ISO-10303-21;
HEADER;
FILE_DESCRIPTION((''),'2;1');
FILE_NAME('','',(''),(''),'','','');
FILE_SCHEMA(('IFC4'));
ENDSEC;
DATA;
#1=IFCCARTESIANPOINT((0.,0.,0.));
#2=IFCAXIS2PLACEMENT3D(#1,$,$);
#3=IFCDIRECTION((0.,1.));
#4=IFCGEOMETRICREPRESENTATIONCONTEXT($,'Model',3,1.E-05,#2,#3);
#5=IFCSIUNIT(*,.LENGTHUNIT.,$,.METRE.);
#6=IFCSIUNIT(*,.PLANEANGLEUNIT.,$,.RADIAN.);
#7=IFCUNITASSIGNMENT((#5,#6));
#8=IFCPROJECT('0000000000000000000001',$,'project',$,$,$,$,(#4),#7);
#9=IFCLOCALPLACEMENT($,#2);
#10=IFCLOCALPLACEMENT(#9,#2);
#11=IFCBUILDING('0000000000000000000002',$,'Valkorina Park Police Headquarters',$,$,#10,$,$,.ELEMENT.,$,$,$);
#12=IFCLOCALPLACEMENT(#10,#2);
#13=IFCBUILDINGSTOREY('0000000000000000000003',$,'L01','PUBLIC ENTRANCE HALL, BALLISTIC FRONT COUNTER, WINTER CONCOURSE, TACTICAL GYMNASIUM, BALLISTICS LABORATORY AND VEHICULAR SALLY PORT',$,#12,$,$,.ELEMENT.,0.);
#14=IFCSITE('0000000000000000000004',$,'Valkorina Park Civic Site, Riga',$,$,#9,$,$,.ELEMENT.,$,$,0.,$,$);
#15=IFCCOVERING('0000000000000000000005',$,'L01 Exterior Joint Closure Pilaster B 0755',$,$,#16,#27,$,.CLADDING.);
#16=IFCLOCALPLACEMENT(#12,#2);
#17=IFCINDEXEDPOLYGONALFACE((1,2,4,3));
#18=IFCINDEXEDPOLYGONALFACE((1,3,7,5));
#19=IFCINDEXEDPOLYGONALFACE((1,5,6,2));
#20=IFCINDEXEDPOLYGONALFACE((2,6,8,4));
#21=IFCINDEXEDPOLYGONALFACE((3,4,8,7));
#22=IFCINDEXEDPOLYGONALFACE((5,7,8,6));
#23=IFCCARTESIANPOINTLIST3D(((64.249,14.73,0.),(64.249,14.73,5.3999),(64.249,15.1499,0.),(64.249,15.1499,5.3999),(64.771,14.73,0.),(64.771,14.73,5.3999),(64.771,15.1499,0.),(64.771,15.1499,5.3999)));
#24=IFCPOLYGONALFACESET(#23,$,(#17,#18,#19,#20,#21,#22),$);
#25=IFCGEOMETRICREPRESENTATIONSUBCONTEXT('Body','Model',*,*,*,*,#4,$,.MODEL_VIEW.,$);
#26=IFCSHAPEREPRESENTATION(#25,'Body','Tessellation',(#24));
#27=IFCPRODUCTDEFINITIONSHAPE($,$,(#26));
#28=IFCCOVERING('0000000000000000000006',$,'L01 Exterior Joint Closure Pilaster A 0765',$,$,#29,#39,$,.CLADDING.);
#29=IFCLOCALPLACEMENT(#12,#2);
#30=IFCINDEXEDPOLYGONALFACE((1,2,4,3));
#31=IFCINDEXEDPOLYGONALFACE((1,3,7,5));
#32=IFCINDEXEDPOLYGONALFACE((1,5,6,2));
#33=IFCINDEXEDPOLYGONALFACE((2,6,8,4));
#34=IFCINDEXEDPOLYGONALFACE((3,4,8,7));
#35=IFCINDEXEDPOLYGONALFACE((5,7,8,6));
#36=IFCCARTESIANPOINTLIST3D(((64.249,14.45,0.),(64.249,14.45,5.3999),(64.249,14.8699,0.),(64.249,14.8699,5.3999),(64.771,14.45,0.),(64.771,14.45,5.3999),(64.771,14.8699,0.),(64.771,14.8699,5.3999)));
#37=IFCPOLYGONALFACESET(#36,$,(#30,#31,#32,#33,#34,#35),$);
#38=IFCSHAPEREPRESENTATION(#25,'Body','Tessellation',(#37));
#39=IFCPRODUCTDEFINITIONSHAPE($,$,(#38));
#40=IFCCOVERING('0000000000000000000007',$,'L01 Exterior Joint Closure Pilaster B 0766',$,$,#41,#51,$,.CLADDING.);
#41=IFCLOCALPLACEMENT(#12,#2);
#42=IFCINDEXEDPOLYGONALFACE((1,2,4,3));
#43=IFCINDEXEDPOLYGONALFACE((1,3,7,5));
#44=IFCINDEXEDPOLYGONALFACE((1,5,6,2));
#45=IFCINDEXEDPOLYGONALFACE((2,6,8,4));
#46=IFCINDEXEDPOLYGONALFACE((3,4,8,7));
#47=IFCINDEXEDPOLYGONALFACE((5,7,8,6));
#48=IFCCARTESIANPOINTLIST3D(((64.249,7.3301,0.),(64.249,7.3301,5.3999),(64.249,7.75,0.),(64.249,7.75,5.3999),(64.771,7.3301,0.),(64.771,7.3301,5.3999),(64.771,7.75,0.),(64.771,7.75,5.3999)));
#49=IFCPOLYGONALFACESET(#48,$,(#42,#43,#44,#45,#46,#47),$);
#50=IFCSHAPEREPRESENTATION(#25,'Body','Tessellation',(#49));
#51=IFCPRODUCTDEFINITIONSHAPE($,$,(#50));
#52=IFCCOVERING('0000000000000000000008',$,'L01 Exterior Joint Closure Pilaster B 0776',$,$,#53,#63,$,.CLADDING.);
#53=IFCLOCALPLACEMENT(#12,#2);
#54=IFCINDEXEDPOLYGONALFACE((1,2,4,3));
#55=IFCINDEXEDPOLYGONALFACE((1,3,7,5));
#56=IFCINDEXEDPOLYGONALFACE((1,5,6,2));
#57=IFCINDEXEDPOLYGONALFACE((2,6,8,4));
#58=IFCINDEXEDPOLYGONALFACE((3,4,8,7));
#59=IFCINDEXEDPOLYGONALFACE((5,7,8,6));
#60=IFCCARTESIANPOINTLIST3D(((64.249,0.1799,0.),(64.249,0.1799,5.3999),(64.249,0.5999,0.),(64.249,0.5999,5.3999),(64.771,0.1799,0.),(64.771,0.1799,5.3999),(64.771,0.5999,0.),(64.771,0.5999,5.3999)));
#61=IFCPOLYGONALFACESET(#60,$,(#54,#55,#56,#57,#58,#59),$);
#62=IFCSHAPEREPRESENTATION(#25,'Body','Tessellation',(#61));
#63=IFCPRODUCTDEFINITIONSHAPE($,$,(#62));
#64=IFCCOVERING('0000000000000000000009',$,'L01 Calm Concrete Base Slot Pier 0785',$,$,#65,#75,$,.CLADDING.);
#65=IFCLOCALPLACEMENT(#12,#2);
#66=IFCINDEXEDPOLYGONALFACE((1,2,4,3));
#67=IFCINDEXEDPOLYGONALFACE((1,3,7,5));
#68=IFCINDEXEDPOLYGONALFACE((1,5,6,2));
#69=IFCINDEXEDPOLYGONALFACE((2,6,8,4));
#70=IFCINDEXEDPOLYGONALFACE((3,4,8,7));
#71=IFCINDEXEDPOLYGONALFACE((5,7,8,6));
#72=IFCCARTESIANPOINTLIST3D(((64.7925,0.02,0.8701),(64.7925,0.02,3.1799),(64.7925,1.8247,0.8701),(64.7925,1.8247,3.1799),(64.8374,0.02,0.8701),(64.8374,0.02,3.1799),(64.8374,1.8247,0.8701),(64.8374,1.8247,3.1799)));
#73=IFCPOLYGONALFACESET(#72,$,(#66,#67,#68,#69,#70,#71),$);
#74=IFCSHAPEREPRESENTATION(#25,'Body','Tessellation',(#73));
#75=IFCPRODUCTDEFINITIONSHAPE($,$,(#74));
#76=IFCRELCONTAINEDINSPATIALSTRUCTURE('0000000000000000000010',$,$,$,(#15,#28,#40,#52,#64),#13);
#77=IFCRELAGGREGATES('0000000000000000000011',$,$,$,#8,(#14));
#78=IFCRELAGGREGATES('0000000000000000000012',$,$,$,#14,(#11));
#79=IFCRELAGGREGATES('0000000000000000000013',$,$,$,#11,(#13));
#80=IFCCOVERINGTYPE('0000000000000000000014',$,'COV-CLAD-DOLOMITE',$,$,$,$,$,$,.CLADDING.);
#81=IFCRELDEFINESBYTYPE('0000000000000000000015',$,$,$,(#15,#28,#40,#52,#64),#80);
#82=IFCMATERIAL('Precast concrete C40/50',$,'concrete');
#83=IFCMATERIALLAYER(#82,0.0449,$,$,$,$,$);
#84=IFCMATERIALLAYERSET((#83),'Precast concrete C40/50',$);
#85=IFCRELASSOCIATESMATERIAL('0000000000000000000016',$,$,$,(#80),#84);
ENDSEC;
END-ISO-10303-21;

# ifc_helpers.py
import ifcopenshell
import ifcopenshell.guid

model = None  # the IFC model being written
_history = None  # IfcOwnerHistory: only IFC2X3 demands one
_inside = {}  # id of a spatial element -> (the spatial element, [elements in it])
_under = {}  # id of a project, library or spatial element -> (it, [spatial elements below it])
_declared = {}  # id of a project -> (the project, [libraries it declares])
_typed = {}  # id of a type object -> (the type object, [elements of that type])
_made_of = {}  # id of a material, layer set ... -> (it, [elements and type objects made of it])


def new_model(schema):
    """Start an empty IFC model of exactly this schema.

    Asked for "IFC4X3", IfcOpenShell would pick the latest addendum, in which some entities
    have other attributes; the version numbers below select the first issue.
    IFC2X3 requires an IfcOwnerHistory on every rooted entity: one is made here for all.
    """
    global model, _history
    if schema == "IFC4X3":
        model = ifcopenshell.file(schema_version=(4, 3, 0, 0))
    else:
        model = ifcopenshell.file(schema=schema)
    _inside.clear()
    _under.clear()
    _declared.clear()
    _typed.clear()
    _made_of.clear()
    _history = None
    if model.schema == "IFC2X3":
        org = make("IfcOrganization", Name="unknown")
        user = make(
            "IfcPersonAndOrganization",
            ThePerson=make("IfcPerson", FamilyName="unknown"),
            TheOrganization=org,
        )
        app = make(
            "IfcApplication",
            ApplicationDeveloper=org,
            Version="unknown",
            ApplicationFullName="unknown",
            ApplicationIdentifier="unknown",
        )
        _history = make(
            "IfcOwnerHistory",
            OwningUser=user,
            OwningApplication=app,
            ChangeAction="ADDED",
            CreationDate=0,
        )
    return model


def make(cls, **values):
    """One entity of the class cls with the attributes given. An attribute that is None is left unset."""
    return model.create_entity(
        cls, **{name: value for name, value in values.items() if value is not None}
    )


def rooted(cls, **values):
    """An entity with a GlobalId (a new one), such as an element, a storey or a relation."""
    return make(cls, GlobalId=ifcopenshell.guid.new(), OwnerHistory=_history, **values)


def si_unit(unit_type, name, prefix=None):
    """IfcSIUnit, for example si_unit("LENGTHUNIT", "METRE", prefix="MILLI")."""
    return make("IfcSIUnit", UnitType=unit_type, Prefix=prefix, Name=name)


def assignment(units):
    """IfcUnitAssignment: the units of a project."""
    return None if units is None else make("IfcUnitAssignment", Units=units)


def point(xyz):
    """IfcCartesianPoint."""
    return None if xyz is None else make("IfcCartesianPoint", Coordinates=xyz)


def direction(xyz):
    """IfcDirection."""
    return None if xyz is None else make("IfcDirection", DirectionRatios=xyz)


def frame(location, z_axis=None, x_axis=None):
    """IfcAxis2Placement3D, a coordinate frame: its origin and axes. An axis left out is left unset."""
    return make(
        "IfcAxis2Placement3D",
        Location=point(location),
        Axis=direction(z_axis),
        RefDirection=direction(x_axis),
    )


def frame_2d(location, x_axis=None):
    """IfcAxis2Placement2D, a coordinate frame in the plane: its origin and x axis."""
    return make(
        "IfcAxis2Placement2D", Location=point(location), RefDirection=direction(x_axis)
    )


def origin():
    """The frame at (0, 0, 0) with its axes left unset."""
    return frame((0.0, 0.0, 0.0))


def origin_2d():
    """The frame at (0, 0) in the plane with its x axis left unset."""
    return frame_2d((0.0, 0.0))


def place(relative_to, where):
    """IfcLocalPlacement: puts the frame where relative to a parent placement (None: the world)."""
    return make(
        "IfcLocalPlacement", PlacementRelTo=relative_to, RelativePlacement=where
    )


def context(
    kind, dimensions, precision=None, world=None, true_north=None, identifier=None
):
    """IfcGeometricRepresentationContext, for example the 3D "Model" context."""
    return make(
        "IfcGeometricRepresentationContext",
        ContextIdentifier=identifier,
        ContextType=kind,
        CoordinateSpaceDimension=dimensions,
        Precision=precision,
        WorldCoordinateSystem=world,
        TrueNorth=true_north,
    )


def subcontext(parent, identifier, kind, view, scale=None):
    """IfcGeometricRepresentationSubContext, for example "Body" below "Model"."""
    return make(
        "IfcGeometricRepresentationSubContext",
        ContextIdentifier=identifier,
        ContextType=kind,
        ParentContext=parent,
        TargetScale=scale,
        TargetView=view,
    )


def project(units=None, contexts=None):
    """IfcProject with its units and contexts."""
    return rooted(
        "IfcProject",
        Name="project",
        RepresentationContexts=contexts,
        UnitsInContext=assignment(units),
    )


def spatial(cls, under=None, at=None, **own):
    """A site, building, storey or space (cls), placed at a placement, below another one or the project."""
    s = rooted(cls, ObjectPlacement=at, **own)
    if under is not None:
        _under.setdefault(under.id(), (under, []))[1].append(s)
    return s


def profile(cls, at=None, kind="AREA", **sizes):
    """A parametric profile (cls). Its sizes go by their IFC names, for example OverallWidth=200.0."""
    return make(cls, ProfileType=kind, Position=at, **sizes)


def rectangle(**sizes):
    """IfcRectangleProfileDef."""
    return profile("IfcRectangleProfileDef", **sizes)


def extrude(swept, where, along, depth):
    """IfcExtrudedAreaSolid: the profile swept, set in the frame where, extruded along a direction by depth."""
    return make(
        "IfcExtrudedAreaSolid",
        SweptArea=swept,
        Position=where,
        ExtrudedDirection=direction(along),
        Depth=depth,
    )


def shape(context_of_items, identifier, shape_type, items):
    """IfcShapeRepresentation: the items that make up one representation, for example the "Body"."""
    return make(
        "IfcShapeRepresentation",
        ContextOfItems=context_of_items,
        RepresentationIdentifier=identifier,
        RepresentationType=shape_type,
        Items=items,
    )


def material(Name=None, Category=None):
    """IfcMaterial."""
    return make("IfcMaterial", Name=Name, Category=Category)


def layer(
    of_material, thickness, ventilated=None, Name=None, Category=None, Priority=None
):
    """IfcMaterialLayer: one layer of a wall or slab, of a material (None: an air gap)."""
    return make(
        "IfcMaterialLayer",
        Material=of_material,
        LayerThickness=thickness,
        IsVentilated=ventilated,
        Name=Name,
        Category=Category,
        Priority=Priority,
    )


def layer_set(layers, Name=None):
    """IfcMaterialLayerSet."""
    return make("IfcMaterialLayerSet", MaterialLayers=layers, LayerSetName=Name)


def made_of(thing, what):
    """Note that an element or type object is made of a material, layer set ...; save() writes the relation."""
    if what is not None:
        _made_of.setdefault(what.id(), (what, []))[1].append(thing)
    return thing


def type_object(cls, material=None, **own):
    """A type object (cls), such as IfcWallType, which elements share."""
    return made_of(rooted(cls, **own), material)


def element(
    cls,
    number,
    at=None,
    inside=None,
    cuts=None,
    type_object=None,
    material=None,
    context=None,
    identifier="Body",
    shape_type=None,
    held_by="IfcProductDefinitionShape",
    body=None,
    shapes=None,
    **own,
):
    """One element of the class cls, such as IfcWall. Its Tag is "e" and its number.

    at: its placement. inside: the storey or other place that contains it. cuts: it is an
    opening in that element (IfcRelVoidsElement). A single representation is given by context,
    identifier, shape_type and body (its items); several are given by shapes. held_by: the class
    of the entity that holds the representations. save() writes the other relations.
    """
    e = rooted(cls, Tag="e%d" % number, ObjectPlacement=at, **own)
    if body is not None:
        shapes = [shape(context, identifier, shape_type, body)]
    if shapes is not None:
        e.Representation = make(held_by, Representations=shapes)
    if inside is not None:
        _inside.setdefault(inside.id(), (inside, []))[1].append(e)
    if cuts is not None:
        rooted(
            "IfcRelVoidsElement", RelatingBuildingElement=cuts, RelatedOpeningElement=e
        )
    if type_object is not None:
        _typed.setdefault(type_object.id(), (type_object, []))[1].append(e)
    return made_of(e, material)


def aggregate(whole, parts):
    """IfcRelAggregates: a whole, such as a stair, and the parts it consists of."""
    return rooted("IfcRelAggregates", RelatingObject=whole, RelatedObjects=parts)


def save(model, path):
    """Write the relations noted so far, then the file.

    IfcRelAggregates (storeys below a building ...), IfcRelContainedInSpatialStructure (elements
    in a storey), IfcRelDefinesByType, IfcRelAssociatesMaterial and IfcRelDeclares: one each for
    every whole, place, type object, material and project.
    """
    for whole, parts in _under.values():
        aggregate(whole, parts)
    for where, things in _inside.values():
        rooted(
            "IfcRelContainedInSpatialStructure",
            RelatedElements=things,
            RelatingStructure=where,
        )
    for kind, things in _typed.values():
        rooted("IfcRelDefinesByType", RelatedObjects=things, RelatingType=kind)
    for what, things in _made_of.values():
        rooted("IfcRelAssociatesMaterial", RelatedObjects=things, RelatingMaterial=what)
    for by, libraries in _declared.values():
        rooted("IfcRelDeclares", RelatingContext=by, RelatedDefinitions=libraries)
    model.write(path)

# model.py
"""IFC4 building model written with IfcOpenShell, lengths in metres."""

from ifc_helpers import new_model, si_unit, direction, frame, frame_2d, origin, origin_2d, place, context, subcontext, project, spatial, rectangle, extrude, material, layer, layer_set, type_object, element, save


model = new_model("IFC4")

# Units and contexts
model_context = context("Model", 3, precision=1e-05, world=origin(), true_north=direction((0.0, 1.0)))
body_context = subcontext(model_context, "Body", "Model", "MODEL_VIEW")
ifc_project = project(units=[si_unit("LENGTHUNIT", "METRE"), si_unit("PLANEANGLEUNIT", "RADIAN")], contexts=[model_context])

# Site, building, storey
site_placement = place(None, origin())
site = spatial("IfcSite", under=ifc_project, at=site_placement, Name="Valkorina Park Civic Site, Riga", CompositionType="ELEMENT", RefElevation=0.0)
building_placement = place(site_placement, origin())
building = spatial("IfcBuilding", under=site, at=building_placement, Name="Valkorina Park Police Headquarters", CompositionType="ELEMENT")
storey_placement = place(building_placement, origin())
storey = spatial("IfcBuildingStorey", under=building, at=storey_placement, Name="L01", Description="PUBLIC ENTRANCE HALL, BALLISTIC FRONT COUNTER, WINTER CONCOURSE, TACTICAL GYMNASIUM, BALLISTICS LABORATORY AND VEHICULAR SALLY PORT", CompositionType="ELEMENT", Elevation=0.0)

# Coverings
ifc_material_1 = material(Name="Precast concrete C40/50", Category="concrete")
ifc_layer_1 = layer(ifc_material_1, 0.0449)
ifc_layer_set_1 = layer_set([ifc_layer_1], Name="Precast concrete C40/50")
covering_type = type_object("IfcCoveringType", Name="COV-CLAD-DOLOMITE", PredefinedType="CLADDING", material=ifc_layer_set_1)
for number, where, z_axis, x_axis, name in (
    (1, (64.51, 14.9399, 0.0), (0.0, 0.0, 1.0), (0.0, 1.0, 0.0), "L01 Exterior Joint Closure Pilaster B 0755"),
    (2, (64.51, 14.6599, 0.0), (0.0, 0.0, 1.0), (0.0, 1.0, 0.0), "L01 Exterior Joint Closure Pilaster A 0765"),
    (3, (64.51, 7.54, 0.0), (0.0, 0.0, 1.0), (0.0, 1.0, 0.0), "L01 Exterior Joint Closure Pilaster B 0766"),
    (4, (64.51, 0.3899, 0.0), (0.0, 0.0, 1.0), (0.0, 1.0, 0.0), "L01 Exterior Joint Closure Pilaster B 0776"),
):
    element("IfcCovering", number, at=place(storey_placement, frame(where, z_axis=z_axis, x_axis=x_axis)), inside=storey, type_object=covering_type, Name=name, PredefinedType="CLADDING", context=body_context, shape_type="SweptSolid", body=[
        extrude(rectangle(XDim=0.4199, YDim=0.522, at=origin_2d()), origin(), (0.0, 0.0, 1.0), 5.3999),
    ])
covering_placement = place(storey_placement, frame((64.8149, 1.8247, 0.8701), z_axis=(0.0, 0.0, 1.0), x_axis=(0.0, -1.0, 0.0)))
element("IfcCovering", 5, at=covering_placement, inside=storey, type_object=covering_type, Name="L01 Calm Concrete Base Slot Pier 0785", PredefinedType="CLADDING", context=body_context, shape_type="SweptSolid", body=[
    extrude(rectangle(XDim=1.8047, YDim=0.0449, at=frame_2d((0.9023, 0.0))), origin(), (0.0, 0.0, 1.0), 2.3098),
])

save(model, "model.ifc")
